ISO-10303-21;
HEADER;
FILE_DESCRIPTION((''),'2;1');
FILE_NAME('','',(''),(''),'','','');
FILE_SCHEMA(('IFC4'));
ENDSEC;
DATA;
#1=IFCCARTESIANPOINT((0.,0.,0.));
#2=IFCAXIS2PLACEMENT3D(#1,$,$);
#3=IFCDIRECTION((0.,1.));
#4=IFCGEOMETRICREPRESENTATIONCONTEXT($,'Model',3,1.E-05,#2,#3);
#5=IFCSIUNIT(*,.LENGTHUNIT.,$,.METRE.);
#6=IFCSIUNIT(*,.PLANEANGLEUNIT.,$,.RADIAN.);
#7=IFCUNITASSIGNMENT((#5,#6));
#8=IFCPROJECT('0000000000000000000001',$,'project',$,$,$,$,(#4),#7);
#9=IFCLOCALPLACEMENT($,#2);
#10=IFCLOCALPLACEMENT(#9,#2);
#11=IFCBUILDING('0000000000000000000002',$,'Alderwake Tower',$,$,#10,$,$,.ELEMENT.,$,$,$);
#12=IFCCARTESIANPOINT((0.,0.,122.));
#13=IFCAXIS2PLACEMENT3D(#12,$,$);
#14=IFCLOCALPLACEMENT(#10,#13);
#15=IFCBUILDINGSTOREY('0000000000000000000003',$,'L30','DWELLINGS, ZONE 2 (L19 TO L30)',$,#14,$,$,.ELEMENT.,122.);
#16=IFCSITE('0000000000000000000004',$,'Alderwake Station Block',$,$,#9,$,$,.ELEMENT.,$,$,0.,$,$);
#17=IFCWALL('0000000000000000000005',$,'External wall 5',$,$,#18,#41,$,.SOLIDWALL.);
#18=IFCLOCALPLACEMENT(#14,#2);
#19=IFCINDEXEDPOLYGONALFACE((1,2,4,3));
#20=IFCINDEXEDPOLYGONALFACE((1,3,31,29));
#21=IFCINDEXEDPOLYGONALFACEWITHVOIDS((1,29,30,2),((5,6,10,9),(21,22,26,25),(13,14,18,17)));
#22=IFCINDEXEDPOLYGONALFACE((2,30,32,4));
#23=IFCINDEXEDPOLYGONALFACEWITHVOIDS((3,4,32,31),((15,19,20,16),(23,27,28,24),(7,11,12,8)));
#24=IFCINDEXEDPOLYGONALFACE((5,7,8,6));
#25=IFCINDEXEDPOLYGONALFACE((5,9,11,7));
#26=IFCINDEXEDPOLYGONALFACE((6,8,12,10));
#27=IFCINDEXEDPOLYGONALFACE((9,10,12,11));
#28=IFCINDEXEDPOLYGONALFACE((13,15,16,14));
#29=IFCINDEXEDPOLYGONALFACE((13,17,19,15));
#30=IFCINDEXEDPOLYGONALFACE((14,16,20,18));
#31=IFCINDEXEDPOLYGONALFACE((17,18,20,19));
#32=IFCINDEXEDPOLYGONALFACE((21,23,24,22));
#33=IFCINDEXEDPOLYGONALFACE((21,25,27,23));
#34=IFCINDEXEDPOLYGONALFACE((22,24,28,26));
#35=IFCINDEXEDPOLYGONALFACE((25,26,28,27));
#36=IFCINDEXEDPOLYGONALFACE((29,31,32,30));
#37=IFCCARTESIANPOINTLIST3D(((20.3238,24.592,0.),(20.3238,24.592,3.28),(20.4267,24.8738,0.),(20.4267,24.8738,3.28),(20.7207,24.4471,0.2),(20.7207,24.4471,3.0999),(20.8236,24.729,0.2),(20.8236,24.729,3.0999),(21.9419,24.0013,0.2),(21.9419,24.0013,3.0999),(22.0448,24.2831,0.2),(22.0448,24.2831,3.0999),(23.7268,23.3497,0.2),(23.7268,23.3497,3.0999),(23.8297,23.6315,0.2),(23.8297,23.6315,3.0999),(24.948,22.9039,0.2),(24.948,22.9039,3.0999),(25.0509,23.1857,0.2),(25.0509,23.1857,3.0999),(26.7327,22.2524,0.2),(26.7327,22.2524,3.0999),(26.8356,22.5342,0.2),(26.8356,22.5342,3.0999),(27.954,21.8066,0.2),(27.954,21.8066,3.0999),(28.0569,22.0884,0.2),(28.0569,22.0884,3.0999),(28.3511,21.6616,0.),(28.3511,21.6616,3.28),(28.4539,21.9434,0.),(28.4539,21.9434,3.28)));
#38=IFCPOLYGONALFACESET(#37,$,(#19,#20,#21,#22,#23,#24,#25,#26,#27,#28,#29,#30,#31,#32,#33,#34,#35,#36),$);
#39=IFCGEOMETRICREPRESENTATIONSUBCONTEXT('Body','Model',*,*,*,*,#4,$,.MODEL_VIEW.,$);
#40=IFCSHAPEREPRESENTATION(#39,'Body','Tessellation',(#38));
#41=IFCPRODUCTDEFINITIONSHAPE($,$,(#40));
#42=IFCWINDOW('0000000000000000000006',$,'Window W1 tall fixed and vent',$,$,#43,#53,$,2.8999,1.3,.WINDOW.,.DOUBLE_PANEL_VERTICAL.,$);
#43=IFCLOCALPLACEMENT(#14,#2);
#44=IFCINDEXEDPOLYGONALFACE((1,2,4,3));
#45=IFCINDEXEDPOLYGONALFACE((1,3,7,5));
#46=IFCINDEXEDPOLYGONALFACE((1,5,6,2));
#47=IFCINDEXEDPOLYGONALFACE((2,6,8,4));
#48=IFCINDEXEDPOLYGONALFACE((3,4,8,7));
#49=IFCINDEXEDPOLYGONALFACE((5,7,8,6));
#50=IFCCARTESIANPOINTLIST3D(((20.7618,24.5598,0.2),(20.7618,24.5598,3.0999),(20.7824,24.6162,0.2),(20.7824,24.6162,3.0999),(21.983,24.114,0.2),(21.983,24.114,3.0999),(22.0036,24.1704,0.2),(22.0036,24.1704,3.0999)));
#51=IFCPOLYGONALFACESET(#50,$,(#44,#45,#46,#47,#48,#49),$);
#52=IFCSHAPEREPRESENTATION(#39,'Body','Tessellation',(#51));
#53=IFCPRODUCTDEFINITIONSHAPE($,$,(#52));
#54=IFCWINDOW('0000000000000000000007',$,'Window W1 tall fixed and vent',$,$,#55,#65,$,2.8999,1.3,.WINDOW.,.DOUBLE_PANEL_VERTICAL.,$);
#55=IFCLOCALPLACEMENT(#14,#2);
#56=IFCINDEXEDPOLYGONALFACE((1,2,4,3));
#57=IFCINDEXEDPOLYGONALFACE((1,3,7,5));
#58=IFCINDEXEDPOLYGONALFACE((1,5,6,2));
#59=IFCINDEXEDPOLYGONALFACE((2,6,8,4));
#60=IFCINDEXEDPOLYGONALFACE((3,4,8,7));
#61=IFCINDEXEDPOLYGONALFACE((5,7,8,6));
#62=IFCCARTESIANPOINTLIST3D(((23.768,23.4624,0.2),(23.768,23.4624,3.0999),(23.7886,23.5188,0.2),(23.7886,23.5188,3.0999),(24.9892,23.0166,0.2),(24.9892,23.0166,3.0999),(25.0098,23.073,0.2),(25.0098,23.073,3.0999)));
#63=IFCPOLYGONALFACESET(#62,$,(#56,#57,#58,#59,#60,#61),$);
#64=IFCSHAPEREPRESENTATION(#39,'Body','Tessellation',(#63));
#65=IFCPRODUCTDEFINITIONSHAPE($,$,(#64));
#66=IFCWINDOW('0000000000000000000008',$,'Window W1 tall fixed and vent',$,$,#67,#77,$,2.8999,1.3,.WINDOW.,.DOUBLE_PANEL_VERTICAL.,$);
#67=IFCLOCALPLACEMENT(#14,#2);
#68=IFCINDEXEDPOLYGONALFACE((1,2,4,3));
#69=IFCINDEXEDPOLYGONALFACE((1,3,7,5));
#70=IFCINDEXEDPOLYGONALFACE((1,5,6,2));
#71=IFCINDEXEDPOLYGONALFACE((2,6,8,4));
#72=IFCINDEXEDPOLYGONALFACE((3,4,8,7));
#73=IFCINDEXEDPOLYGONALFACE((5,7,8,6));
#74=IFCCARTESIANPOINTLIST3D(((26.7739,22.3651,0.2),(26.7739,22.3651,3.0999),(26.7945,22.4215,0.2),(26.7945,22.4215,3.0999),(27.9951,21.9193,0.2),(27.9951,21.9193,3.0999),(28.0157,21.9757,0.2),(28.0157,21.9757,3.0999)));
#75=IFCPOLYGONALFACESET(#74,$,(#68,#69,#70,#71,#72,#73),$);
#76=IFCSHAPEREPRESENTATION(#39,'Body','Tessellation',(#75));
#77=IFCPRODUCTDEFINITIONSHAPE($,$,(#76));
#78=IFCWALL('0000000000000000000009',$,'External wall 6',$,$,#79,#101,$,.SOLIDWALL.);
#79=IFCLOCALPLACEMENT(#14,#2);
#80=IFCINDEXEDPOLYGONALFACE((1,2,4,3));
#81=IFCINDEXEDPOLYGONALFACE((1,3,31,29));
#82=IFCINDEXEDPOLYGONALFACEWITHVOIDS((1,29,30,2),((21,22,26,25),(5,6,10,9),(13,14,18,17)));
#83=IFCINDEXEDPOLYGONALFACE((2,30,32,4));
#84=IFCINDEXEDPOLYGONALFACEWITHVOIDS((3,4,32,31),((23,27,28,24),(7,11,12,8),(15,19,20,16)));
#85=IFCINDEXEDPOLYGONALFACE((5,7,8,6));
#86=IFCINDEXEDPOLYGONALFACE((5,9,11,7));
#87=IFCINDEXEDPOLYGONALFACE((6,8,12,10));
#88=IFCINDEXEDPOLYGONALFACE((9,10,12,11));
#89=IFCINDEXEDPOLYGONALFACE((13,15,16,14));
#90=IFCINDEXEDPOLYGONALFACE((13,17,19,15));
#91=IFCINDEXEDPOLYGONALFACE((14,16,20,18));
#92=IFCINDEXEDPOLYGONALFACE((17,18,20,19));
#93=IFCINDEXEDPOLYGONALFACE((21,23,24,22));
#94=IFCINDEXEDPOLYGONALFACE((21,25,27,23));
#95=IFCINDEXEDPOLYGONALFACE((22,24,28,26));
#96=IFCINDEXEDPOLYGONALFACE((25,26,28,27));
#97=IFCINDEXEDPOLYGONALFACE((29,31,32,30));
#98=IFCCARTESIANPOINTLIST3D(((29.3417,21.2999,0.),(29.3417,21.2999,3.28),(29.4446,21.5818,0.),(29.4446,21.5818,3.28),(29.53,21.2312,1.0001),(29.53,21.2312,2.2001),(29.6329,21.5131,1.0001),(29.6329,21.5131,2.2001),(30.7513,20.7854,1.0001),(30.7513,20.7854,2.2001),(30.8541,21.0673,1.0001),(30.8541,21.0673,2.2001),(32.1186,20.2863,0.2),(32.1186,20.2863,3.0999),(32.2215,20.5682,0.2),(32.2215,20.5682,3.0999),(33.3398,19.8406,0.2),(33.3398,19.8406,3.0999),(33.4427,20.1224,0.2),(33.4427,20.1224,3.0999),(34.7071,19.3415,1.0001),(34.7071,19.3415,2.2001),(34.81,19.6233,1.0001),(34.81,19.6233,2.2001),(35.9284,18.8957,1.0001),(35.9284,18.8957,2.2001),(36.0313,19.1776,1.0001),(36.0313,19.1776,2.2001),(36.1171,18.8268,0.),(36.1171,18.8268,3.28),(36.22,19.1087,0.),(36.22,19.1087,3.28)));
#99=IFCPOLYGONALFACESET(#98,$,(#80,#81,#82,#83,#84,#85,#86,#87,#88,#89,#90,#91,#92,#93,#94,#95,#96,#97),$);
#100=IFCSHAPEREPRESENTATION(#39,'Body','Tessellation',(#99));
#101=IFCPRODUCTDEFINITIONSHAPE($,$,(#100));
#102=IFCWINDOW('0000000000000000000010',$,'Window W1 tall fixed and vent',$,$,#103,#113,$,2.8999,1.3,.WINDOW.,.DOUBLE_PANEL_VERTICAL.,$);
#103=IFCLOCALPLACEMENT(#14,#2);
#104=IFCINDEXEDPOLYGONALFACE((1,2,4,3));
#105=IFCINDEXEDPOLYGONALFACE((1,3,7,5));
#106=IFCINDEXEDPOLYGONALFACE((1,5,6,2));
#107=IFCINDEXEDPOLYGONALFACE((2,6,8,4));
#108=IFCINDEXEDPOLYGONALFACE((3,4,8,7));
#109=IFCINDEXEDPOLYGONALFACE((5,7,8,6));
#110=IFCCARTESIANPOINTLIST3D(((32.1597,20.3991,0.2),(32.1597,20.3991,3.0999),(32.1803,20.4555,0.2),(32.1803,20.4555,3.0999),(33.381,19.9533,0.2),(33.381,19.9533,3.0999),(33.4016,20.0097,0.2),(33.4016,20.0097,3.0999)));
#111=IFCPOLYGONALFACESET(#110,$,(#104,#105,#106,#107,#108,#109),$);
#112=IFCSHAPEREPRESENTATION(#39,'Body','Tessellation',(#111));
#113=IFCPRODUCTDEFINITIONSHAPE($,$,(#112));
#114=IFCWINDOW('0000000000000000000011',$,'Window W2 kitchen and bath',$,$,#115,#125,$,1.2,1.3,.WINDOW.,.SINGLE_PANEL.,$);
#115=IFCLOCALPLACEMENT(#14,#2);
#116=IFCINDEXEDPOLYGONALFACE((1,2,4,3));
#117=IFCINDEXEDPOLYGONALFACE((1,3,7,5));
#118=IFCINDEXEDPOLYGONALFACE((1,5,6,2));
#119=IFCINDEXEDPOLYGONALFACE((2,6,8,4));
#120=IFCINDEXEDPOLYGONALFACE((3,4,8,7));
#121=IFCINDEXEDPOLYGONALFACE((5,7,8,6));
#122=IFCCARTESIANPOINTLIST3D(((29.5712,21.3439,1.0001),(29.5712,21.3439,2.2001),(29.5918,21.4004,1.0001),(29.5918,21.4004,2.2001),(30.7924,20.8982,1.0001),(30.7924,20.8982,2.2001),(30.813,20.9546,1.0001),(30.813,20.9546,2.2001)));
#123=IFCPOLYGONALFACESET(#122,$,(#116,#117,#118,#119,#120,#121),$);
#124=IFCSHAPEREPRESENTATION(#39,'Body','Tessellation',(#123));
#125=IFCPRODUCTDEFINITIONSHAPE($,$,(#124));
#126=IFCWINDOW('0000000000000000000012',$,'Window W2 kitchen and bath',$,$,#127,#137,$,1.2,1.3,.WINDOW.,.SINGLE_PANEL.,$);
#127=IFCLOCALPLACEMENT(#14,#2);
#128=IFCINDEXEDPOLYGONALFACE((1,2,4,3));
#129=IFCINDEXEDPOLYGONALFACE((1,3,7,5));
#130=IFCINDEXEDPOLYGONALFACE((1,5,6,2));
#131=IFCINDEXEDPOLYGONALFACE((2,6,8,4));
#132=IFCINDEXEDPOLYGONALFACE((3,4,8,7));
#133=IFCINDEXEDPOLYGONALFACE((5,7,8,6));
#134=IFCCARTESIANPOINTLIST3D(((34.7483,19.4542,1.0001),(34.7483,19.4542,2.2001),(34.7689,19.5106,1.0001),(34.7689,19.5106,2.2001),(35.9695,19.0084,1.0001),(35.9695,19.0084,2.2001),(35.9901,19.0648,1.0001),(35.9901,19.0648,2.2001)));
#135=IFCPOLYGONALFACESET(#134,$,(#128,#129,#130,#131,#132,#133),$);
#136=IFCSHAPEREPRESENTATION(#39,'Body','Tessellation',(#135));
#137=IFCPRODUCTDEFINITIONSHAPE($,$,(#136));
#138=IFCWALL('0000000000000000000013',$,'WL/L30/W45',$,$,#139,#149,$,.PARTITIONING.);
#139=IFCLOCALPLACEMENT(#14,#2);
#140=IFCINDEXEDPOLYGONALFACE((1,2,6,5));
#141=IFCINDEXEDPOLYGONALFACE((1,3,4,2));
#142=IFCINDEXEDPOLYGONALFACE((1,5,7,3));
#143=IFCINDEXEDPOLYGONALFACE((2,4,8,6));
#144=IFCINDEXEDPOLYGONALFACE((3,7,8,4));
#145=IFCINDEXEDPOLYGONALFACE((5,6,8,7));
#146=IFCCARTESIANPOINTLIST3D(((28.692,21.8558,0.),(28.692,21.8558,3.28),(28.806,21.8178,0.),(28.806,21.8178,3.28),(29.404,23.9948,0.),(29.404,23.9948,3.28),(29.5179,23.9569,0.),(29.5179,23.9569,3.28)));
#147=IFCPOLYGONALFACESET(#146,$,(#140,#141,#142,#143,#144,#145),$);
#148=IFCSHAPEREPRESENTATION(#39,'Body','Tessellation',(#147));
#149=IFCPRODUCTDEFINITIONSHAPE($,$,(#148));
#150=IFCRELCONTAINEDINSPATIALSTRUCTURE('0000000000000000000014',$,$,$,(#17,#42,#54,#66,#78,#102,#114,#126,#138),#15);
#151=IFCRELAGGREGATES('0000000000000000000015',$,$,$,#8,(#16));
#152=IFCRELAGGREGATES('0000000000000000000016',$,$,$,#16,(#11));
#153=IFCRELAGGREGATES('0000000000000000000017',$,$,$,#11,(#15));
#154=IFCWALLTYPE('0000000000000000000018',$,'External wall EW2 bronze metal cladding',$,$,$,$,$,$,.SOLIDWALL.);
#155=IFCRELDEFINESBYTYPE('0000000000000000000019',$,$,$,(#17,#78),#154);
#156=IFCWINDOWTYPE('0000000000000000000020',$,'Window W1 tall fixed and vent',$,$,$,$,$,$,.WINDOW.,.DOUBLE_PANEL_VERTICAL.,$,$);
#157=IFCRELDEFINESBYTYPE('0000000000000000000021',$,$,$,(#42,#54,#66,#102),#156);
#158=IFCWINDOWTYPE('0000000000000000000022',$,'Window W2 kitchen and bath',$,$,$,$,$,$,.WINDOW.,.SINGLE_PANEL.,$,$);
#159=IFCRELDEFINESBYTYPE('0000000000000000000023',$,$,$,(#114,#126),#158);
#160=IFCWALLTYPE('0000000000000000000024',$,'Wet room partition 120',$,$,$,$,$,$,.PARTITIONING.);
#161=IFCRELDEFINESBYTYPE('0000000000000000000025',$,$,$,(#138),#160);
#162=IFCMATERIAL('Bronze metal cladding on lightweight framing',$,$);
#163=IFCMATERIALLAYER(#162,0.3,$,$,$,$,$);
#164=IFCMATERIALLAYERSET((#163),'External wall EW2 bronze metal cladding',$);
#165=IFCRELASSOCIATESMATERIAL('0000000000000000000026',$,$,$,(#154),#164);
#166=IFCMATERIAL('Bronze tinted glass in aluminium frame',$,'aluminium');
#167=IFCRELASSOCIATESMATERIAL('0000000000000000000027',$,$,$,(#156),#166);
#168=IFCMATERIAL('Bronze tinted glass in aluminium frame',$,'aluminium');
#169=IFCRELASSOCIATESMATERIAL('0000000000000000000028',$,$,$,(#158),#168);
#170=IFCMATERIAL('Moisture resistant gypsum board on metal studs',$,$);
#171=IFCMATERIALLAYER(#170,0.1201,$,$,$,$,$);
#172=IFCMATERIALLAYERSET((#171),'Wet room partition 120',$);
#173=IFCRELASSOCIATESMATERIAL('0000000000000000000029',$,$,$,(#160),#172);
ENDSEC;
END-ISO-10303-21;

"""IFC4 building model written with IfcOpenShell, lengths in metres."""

from ifc_helpers import new_model, si_unit, direction, frame, frame_2d, origin, place, context, subcontext, project, spatial, rectangle, extrude, material, layer, layer_set, type_object, element, fill, save


model = new_model("IFC4")

# Units and contexts
model_context = context("Model", 3, precision=1e-05, world=origin(), true_north=direction((0.0, 1.0)))
body_context = subcontext(model_context, "Body", "Model", "MODEL_VIEW")
ifc_project = project(units=[si_unit("LENGTHUNIT", "METRE"), si_unit("PLANEANGLEUNIT", "RADIAN")], contexts=[model_context])

# Site, building, storey
site_placement = place(None, origin())
site = spatial("IfcSite", under=ifc_project, at=site_placement, Name="Alderwake Station Block", CompositionType="ELEMENT", RefElevation=0.0)
building_placement = place(site_placement, origin())
building = spatial("IfcBuilding", under=site, at=building_placement, Name="Alderwake Tower", CompositionType="ELEMENT")
storey_placement = place(building_placement, frame((0.0, 0.0, 122.0)))
storey = spatial("IfcBuildingStorey", under=building, at=storey_placement, Name="L30", Description="DWELLINGS, ZONE 2 (L19 TO L30)", CompositionType="ELEMENT", Elevation=122.0)

# Shared definitions
ifc_material_1 = material(Name="Bronze metal cladding on lightweight framing")
ifc_layer_1 = layer(ifc_material_1, 0.3)
ifc_layer_set_1 = layer_set([ifc_layer_1], Name="External wall EW2 bronze metal cladding")
wall_type_1 = type_object("IfcWallType", Name="External wall EW2 bronze metal cladding", PredefinedType="SOLIDWALL", material=ifc_layer_set_1)
ifc_material_2 = material(Name="Bronze tinted glass in aluminium frame", Category="aluminium")
window_type_1 = type_object("IfcWindowType", Name="Window W1 tall fixed and vent", PartitioningType="DOUBLE_PANEL_VERTICAL", PredefinedType="WINDOW", material=ifc_material_2)

# Walls, openings, windows
wall_1_placement = place(storey_placement, frame((20.3752, 24.7329, 0.0), z_axis=(0.0, 0.0, 1.0), x_axis=(0.939365, -0.34292, 0.0)))
wall_1 = element("IfcWall", 1, at=wall_1_placement, inside=storey, type_object=wall_type_1, Name="External wall 5", PredefinedType="SOLIDWALL", context=body_context, shape_type="SweptSolid", body=[
    extrude(rectangle(XDim=8.5454, YDim=0.3, at=frame_2d((4.2727, 0.0))), origin(), (0.0, 0.0, 1.0), 3.28),
])
opening_1_placement = place(wall_1_placement, frame((0.4226, 0.0, 0.2)))
opening_1 = element("IfcOpeningElement", 2, at=opening_1_placement, cuts=wall_1, PredefinedType="OPENING", context=body_context, shape_type="SweptSolid", body=[
    extrude(rectangle(XDim=1.3, YDim=2.8999, at=frame_2d((0.6499, 1.45))), frame((0.0, 0.1599, 0.0), z_axis=(0.0, -1.0, 0.0), x_axis=(1.0, 0.0, 0.0)), (0.0, 0.0, 1.0), 0.3201),
])
opening_2_placement = place(wall_1_placement, frame((3.6228, 0.0, 0.2)))
opening_2 = element("IfcOpeningElement", 3, at=opening_2_placement, cuts=wall_1, PredefinedType="OPENING", context=body_context, shape_type="SweptSolid", body=[
    extrude(rectangle(XDim=1.3, YDim=2.8999, at=frame_2d((0.6499, 1.45))), frame((0.0, 0.1599, 0.0), z_axis=(0.0, -1.0, 0.0), x_axis=(1.0, 0.0, 0.0)), (0.0, 0.0, 1.0), 0.3201),
])
opening_3_placement = place(wall_1_placement, frame((6.8228, 0.0, 0.2)))
opening_3 = element("IfcOpeningElement", 4, at=opening_3_placement, cuts=wall_1, PredefinedType="OPENING", context=body_context, shape_type="SweptSolid", body=[
    extrude(rectangle(XDim=1.3, YDim=2.8999, at=frame_2d((0.6499, 1.45))), frame((0.0, 0.1599, 0.0), z_axis=(0.0, -1.0, 0.0), x_axis=(1.0, 0.0, 0.0)), (0.0, 0.0, 1.0), 0.3201),
])
window_1_placement = place(opening_1_placement, origin())
window_1 = element("IfcWindow", 5, at=window_1_placement, inside=storey, type_object=window_type_1, Name="Window W1 tall fixed and vent", OverallHeight=2.8999, OverallWidth=1.3, PartitioningType="DOUBLE_PANEL_VERTICAL", PredefinedType="WINDOW", context=body_context, shape_type="SweptSolid", body=[
    extrude(rectangle(XDim=1.3, YDim=2.8999, at=frame_2d((0.6499, 1.45))), frame((0.0, 0.03, 0.0), z_axis=(0.0, -1.0, 0.0), x_axis=(1.0, 0.0, 0.0)), (0.0, 0.0, 1.0), 0.0601),
])
fill(opening_1, window_1)
window_2_placement = place(opening_2_placement, origin())
window_2 = element("IfcWindow", 6, at=window_2_placement, inside=storey, type_object=window_type_1, Name="Window W1 tall fixed and vent", OverallHeight=2.8999, OverallWidth=1.3, PartitioningType="DOUBLE_PANEL_VERTICAL", PredefinedType="WINDOW", context=body_context, shape_type="SweptSolid", body=[
    extrude(rectangle(XDim=1.3, YDim=2.8999, at=frame_2d((0.6499, 1.45))), frame((0.0, 0.03, 0.0), z_axis=(0.0, -1.0, 0.0), x_axis=(1.0, 0.0, 0.0)), (0.0, 0.0, 1.0), 0.0601),
])
fill(opening_2, window_2)
window_3_placement = place(opening_3_placement, origin())
window_3 = element("IfcWindow", 7, at=window_3_placement, inside=storey, type_object=window_type_1, Name="Window W1 tall fixed and vent", OverallHeight=2.8999, OverallWidth=1.3, PartitioningType="DOUBLE_PANEL_VERTICAL", PredefinedType="WINDOW", context=body_context, shape_type="SweptSolid", body=[
    extrude(rectangle(XDim=1.3, YDim=2.8999, at=frame_2d((0.6499, 1.45))), frame((0.0, 0.03, 0.0), z_axis=(0.0, -1.0, 0.0), x_axis=(1.0, 0.0, 0.0)), (0.0, 0.0, 1.0), 0.0601),
])
fill(opening_3, window_3)
wall_2_placement = place(storey_placement, frame((29.3931, 21.4409, 0.0), z_axis=(0.0, 0.0, 1.0), x_axis=(0.939376, -0.34289, 0.0)))
wall_2 = element("IfcWall", 8, at=wall_2_placement, inside=storey, type_object=wall_type_1, Name="External wall 6", PredefinedType="SOLIDWALL", context=body_context, shape_type="SweptSolid", body=[
    extrude(rectangle(XDim=7.2126, YDim=0.3, at=frame_2d((3.6064, 0.0))), origin(), (0.0, 0.0, 1.0), 3.28),
])
opening_4_placement = place(wall_2_placement, frame((0.2007, 0.0, 1.0)))
opening_4 = element("IfcOpeningElement", 9, at=opening_4_placement, cuts=wall_2, PredefinedType="OPENING", context=body_context, shape_type="SweptSolid", body=[
    extrude(rectangle(XDim=1.3, YDim=1.2, at=frame_2d((0.6499, 0.6001))), frame((0.0, 0.1599, 0.0), z_axis=(0.0, -1.0, 0.0), x_axis=(1.0, 0.0, 0.0)), (0.0, 0.0, 1.0), 0.3201),
])
opening_5_placement = place(wall_2_placement, frame((2.9563, 0.0, 0.2)))
opening_5 = element("IfcOpeningElement", 10, at=opening_5_placement, cuts=wall_2, PredefinedType="OPENING", context=body_context, shape_type="SweptSolid", body=[
    extrude(rectangle(XDim=1.3, YDim=2.8999, at=frame_2d((0.6499, 1.45))), frame((0.0, 0.1599, 0.0), z_axis=(0.0, -1.0, 0.0), x_axis=(1.0, 0.0, 0.0)), (0.0, 0.0, 1.0), 0.3201),
])
opening_6_placement = place(wall_2_placement, frame((5.7119, 0.0, 1.0)))
opening_6 = element("IfcOpeningElement", 11, at=opening_6_placement, cuts=wall_2, PredefinedType="OPENING", context=body_context, shape_type="SweptSolid", body=[
    extrude(rectangle(XDim=1.3, YDim=1.2, at=frame_2d((0.6499, 0.6001))), frame((0.0, 0.1599, 0.0), z_axis=(0.0, -1.0, 0.0), x_axis=(1.0, 0.0, 0.0)), (0.0, 0.0, 1.0), 0.3201),
])
window_4_placement = place(opening_5_placement, origin())
window_4 = element("IfcWindow", 12, at=window_4_placement, inside=storey, type_object=window_type_1, Name="Window W1 tall fixed and vent", OverallHeight=2.8999, OverallWidth=1.3, PartitioningType="DOUBLE_PANEL_VERTICAL", PredefinedType="WINDOW", context=body_context, shape_type="SweptSolid", body=[
    extrude(rectangle(XDim=1.3, YDim=2.8999, at=frame_2d((0.6499, 1.45))), frame((0.0, 0.03, 0.0), z_axis=(0.0, -1.0, 0.0), x_axis=(1.0, 0.0, 0.0)), (0.0, 0.0, 1.0), 0.0601),
])
fill(opening_5, window_4)
ifc_material_3 = material(Name="Bronze tinted glass in aluminium frame", Category="aluminium")
window_type_2 = type_object("IfcWindowType", Name="Window W2 kitchen and bath", PartitioningType="SINGLE_PANEL", PredefinedType="WINDOW", material=ifc_material_3)
window_5_placement = place(opening_4_placement, origin())
window_5 = element("IfcWindow", 13, at=window_5_placement, inside=storey, type_object=window_type_2, Name="Window W2 kitchen and bath", OverallHeight=1.2, OverallWidth=1.3, PartitioningType="SINGLE_PANEL", PredefinedType="WINDOW", context=body_context, shape_type="SweptSolid", body=[
    extrude(rectangle(XDim=1.3, YDim=1.2, at=frame_2d((0.6499, 0.6001))), frame((0.0, 0.03, 0.0), z_axis=(0.0, -1.0, 0.0), x_axis=(1.0, 0.0, 0.0)), (0.0, 0.0, 1.0), 0.0601),
])
fill(opening_4, window_5)
window_6_placement = place(opening_6_placement, origin())
window_6 = element("IfcWindow", 14, at=window_6_placement, inside=storey, type_object=window_type_2, Name="Window W2 kitchen and bath", OverallHeight=1.2, OverallWidth=1.3, PartitioningType="SINGLE_PANEL", PredefinedType="WINDOW", context=body_context, shape_type="SweptSolid", body=[
    extrude(rectangle(XDim=1.3, YDim=1.2, at=frame_2d((0.6499, 0.6001))), frame((0.0, 0.03, 0.0), z_axis=(0.0, -1.0, 0.0), x_axis=(1.0, 0.0, 0.0)), (0.0, 0.0, 1.0), 0.0601),
])
fill(opening_6, window_6)

# Wall
ifc_material_4 = material(Name="Moisture resistant gypsum board on metal studs")
ifc_layer_2 = layer(ifc_material_4, 0.1201)
ifc_layer_set_2 = layer_set([ifc_layer_2], Name="Wet room partition 120")
wall_type_2 = type_object("IfcWallType", Name="Wet room partition 120", PredefinedType="PARTITIONING", material=ifc_layer_set_2)
wall_3_placement = place(storey_placement, frame((29.4609, 23.9758, 0.0), z_axis=(0.0, 0.0, 1.0), x_axis=(-0.315805, -0.948824, 0.0)))
element("IfcWall", 15, at=wall_3_placement, inside=storey, type_object=wall_type_2, Name="WL/L30/W45", PredefinedType="PARTITIONING", context=body_context, shape_type="SweptSolid", body=[
    extrude(rectangle(XDim=2.2544, YDim=0.1201, at=frame_2d((1.1272, 0.0))), origin(), (0.0, 0.0, 1.0), 3.28),
])

save(model, "model.ifc")
